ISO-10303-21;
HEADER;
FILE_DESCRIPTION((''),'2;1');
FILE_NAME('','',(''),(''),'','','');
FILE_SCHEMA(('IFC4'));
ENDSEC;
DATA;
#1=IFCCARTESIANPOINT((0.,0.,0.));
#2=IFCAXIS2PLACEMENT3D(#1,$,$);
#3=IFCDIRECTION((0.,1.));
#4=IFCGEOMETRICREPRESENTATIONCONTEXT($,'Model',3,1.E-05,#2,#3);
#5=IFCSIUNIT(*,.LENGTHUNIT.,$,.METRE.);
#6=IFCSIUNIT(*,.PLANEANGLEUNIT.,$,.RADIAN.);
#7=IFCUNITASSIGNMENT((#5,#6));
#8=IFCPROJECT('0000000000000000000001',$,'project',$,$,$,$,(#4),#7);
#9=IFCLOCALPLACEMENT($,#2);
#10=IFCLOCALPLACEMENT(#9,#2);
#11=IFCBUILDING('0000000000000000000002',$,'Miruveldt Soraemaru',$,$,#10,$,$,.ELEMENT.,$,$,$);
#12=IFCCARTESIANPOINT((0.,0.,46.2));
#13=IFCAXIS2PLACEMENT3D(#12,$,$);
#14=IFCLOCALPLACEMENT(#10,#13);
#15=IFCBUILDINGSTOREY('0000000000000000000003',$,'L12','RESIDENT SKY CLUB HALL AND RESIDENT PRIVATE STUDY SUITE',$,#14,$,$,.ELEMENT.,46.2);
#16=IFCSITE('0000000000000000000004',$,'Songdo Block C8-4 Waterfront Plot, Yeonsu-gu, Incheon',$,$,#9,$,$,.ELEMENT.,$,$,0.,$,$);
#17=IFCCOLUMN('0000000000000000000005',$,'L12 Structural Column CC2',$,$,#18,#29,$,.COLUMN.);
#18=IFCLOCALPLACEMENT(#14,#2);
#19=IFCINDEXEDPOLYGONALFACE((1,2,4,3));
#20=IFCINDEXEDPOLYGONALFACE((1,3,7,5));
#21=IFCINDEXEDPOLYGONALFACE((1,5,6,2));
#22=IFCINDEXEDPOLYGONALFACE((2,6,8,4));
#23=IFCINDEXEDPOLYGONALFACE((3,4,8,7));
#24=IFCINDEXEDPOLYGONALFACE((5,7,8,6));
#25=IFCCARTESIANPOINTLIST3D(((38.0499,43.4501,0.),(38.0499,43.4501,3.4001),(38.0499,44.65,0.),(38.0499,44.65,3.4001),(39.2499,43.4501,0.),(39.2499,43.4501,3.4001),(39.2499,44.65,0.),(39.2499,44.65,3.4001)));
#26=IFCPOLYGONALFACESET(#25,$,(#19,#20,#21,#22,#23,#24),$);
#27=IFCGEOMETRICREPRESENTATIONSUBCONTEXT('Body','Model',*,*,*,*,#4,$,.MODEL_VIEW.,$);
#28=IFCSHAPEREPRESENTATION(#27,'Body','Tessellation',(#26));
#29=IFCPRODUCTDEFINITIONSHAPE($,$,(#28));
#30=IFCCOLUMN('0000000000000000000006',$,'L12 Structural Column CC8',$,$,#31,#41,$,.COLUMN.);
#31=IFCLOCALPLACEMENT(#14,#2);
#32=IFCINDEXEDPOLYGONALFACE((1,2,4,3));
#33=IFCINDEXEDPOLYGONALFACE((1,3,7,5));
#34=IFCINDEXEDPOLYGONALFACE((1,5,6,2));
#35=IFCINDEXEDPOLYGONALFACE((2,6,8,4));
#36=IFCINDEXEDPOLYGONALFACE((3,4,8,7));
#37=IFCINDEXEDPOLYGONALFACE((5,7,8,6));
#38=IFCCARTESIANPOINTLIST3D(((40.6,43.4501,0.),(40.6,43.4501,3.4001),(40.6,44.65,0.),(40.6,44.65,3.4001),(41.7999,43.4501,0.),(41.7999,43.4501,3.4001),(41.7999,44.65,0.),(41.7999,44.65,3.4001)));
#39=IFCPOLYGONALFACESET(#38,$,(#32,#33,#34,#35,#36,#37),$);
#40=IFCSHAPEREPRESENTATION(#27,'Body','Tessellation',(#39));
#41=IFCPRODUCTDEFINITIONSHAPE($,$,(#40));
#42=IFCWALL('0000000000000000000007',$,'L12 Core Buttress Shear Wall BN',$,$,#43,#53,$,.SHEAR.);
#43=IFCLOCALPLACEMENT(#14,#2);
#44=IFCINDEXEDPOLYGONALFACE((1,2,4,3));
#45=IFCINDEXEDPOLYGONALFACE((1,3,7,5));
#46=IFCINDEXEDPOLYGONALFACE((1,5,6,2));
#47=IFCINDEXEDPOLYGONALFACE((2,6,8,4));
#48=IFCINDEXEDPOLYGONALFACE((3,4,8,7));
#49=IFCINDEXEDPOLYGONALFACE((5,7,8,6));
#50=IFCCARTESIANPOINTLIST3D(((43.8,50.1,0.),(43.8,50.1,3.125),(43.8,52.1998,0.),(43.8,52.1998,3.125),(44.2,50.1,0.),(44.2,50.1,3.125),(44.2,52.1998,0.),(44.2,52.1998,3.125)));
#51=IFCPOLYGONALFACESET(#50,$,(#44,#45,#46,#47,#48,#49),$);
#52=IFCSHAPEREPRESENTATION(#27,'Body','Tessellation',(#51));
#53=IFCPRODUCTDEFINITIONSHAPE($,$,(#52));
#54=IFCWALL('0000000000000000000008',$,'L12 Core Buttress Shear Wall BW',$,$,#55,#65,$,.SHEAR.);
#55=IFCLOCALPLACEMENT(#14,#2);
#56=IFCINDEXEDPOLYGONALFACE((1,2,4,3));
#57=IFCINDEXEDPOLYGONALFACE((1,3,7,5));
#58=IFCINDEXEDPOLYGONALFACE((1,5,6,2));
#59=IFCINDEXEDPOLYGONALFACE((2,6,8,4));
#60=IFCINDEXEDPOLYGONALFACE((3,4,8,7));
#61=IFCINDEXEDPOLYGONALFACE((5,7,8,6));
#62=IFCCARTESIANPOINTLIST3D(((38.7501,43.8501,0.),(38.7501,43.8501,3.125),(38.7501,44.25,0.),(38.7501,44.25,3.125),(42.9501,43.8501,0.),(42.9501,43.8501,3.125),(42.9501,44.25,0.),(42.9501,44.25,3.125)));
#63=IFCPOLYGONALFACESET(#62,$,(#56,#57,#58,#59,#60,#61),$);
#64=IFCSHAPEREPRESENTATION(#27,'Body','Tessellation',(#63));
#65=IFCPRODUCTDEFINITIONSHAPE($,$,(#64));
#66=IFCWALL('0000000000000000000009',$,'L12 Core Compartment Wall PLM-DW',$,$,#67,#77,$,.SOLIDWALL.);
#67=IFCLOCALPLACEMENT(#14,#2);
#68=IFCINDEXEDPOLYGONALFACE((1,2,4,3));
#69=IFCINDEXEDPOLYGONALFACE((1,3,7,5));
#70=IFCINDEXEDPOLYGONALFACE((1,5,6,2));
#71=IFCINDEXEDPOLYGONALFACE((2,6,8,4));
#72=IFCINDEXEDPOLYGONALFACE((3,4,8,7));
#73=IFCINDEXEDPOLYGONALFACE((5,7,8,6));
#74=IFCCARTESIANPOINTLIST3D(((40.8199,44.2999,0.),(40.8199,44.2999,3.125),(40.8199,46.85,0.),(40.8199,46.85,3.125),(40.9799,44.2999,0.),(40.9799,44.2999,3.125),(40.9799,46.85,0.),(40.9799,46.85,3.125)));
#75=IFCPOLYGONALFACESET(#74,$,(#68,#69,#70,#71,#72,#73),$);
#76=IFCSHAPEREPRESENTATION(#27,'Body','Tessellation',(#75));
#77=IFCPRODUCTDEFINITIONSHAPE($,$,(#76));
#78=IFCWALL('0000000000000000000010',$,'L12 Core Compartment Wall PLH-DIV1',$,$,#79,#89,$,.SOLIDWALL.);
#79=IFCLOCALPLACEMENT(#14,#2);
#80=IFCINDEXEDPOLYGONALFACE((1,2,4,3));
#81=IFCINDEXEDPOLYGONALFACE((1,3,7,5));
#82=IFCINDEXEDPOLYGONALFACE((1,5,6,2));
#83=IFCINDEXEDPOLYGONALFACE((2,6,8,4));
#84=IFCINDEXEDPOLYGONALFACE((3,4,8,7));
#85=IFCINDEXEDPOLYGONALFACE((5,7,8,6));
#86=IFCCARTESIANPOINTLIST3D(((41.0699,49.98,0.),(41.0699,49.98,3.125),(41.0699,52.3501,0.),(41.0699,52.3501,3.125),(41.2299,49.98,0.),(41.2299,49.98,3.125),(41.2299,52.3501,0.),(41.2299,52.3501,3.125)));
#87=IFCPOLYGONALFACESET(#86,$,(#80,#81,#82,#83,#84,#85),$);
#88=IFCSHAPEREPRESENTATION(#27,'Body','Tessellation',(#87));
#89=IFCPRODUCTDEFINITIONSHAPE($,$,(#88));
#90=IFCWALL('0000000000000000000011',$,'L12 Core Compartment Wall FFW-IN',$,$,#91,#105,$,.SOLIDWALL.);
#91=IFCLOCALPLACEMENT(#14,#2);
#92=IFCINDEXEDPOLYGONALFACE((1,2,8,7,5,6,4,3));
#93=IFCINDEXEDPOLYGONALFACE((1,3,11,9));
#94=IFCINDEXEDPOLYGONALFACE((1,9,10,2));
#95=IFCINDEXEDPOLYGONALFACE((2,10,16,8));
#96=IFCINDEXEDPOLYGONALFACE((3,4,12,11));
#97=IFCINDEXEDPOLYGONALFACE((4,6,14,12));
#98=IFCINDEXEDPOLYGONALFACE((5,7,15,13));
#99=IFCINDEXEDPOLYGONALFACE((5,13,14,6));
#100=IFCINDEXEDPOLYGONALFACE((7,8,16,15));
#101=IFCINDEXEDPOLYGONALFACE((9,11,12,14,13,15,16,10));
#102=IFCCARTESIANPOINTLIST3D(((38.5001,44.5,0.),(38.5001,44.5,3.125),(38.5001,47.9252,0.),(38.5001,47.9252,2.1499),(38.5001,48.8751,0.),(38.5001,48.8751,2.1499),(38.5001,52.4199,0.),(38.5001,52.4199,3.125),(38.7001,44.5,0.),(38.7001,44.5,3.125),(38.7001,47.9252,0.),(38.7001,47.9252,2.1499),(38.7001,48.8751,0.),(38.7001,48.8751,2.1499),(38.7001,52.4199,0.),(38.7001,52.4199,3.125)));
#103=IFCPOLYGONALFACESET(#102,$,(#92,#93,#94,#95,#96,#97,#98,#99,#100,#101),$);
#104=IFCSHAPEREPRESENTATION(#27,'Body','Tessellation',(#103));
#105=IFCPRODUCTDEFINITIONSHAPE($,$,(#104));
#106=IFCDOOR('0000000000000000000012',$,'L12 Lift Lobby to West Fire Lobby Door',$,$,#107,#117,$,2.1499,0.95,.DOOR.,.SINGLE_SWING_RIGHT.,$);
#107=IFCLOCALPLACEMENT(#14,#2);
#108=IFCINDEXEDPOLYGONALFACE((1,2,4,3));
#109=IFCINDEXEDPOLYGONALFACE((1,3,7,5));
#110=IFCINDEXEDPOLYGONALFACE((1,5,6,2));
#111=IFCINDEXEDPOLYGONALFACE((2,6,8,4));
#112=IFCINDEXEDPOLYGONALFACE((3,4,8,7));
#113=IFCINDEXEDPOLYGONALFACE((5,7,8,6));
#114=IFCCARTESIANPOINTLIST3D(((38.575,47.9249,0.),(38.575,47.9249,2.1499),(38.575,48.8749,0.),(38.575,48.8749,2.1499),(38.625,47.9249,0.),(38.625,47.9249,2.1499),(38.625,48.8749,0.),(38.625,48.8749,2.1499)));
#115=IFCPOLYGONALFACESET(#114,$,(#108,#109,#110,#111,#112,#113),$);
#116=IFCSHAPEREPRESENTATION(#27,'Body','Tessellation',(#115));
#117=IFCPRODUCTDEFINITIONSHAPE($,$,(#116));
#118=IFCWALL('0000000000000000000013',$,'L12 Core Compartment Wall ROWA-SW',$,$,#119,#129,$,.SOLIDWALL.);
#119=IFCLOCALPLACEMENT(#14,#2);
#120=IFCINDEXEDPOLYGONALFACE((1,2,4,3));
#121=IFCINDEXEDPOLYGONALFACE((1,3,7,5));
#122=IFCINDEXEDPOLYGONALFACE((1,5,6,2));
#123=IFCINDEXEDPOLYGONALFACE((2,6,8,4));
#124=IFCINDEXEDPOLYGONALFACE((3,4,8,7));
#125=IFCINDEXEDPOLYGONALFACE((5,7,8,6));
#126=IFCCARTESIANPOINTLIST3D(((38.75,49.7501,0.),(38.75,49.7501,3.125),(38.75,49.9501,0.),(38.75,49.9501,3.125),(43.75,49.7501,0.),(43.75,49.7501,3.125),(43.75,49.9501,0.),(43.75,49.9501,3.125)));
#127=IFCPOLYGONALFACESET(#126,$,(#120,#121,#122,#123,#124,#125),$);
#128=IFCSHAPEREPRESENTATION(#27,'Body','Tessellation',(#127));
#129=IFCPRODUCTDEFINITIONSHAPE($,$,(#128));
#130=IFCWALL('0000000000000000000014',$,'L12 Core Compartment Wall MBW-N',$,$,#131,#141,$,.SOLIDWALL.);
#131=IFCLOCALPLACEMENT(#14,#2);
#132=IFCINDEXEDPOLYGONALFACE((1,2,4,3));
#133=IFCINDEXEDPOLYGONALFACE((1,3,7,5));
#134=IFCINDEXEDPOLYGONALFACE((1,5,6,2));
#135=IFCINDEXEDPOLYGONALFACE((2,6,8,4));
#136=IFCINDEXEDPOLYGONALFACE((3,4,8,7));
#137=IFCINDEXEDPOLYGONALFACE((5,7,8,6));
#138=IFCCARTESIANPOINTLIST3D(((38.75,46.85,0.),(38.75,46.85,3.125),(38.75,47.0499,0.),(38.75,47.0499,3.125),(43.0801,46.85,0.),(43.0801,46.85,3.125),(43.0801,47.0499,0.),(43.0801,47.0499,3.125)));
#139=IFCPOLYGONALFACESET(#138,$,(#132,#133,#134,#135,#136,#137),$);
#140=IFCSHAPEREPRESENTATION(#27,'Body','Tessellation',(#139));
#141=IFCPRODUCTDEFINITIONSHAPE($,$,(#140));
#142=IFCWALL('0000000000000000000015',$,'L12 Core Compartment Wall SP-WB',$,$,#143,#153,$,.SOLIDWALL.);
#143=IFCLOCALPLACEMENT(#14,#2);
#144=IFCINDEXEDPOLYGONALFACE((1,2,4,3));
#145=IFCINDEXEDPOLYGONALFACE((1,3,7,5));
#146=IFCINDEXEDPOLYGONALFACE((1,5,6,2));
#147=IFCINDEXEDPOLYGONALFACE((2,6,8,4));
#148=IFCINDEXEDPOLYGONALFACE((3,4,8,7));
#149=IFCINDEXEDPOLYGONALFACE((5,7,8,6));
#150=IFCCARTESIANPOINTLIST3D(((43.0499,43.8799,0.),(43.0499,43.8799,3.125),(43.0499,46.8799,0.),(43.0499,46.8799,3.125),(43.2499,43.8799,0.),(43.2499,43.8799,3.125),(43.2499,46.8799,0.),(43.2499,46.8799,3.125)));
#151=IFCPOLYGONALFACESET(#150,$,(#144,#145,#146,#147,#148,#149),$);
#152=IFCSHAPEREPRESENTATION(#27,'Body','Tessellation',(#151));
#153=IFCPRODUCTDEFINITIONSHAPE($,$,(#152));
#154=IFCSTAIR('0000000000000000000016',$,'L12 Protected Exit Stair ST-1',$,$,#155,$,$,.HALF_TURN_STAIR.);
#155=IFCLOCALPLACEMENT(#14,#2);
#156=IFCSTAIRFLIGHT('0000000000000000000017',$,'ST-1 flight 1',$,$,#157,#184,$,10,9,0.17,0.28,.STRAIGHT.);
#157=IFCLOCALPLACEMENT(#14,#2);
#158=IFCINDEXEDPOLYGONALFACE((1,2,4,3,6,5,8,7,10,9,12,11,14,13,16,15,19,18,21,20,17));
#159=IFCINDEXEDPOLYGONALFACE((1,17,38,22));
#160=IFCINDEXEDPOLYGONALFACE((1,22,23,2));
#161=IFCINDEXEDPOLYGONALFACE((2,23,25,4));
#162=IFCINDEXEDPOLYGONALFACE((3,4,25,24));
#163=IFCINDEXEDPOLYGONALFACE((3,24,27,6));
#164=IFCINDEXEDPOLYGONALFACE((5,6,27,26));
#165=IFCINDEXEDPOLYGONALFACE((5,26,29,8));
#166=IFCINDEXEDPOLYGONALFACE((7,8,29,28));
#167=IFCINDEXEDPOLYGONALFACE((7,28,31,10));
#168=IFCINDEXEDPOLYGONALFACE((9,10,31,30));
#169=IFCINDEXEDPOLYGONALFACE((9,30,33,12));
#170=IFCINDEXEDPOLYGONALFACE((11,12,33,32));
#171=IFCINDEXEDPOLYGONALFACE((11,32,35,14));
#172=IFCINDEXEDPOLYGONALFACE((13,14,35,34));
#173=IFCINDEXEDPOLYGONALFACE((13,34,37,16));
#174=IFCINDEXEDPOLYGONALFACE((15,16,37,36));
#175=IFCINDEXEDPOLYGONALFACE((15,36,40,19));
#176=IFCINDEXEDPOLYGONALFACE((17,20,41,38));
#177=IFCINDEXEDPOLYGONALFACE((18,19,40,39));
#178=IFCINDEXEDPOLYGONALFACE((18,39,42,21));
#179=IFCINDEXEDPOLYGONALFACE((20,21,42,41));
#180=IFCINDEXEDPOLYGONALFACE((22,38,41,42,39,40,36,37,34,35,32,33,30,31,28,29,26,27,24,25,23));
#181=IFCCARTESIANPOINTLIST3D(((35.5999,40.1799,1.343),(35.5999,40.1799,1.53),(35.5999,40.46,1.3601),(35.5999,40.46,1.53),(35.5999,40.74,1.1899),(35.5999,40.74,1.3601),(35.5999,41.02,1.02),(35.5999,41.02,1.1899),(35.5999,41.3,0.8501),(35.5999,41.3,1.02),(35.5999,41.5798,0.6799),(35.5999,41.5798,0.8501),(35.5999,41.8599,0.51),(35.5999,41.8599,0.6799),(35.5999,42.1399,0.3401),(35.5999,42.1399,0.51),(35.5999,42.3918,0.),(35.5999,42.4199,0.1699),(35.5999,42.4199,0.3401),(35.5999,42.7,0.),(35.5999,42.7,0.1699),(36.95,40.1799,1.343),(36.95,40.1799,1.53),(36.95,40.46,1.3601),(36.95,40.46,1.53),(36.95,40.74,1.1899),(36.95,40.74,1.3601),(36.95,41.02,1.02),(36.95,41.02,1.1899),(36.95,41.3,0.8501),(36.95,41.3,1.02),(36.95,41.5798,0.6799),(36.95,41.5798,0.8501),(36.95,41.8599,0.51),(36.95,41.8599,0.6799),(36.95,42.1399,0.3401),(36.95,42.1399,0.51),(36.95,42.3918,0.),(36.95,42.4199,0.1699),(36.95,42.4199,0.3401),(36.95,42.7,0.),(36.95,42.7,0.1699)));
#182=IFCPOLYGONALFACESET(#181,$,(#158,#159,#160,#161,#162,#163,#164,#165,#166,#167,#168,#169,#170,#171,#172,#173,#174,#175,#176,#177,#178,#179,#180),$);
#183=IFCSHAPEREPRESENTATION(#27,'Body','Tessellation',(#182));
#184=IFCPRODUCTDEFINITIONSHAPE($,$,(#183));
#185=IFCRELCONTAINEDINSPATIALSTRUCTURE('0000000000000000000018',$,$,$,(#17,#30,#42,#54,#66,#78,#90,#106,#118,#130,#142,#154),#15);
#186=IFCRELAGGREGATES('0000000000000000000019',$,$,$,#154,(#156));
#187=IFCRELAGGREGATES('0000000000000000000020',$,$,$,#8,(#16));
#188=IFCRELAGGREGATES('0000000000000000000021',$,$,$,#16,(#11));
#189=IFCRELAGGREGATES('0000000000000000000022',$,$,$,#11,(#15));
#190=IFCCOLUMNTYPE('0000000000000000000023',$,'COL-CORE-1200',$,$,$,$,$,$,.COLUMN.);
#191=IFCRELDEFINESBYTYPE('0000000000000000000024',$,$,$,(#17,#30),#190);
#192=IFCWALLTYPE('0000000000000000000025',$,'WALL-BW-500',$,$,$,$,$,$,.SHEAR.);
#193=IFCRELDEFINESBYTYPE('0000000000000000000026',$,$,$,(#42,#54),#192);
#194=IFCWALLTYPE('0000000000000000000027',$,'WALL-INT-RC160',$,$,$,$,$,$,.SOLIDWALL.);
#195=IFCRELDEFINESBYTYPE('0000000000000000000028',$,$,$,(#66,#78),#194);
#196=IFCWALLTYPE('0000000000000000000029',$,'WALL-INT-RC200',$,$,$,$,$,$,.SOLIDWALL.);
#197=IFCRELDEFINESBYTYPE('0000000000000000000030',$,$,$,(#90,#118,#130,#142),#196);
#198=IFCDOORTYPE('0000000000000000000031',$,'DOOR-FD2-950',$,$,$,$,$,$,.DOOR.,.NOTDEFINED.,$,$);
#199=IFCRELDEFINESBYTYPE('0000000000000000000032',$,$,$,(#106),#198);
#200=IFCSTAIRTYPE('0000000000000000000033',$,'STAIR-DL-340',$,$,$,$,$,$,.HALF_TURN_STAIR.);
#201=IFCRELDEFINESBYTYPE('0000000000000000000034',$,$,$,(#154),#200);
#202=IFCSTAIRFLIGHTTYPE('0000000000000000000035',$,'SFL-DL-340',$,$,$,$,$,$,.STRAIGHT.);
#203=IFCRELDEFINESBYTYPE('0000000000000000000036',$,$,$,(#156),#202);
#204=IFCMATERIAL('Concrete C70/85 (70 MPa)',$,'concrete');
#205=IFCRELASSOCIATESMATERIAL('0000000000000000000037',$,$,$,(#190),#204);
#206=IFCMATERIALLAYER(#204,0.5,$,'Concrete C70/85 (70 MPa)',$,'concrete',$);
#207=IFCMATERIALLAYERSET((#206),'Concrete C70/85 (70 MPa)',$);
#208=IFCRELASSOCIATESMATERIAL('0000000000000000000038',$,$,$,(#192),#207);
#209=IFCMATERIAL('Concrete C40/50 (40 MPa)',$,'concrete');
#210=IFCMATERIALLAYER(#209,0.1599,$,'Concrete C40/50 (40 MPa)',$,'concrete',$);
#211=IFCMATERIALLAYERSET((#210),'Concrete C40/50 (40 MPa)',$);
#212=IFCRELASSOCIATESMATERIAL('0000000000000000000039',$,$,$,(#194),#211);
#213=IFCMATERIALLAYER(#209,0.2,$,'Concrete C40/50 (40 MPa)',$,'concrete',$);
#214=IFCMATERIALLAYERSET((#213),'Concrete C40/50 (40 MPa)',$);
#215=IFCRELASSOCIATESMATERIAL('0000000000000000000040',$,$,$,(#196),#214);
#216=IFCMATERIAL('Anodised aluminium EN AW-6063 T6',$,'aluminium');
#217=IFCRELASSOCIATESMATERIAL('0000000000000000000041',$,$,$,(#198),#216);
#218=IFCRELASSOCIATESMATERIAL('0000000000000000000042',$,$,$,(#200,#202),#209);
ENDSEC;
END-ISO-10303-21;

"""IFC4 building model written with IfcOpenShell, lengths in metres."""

from ifc_helpers import new_model, si_unit, direction, frame, frame_2d, origin, origin_2d, place, context, subcontext, project, spatial, polyline, rectangle, outline, extrude, material, layer, layer_set, material_profile, profile_set, type_object, element, fill, aggregate, save


model = new_model("IFC4")

# Units and contexts
model_context = context("Model", 3, precision=1e-05, world=origin(), true_north=direction((0.0, 1.0)))
body_context = subcontext(model_context, "Body", "Model", "MODEL_VIEW")
ifc_project = project(units=[si_unit("LENGTHUNIT", "METRE"), si_unit("PLANEANGLEUNIT", "RADIAN")], contexts=[model_context])

# Site, building, storey
site_placement = place(None, origin())
site = spatial("IfcSite", under=ifc_project, at=site_placement, Name="Songdo Block C8-4 Waterfront Plot, Yeonsu-gu, Incheon", CompositionType="ELEMENT", RefElevation=0.0)
building_placement = place(site_placement, origin())
building = spatial("IfcBuilding", under=site, at=building_placement, Name="Miruveldt Soraemaru", CompositionType="ELEMENT")
storey_placement = place(building_placement, frame((0.0, 0.0, 46.2)))
storey = spatial("IfcBuildingStorey", under=building, at=storey_placement, Name="L12", Description="RESIDENT SKY CLUB HALL AND RESIDENT PRIVATE STUDY SUITE", CompositionType="ELEMENT", Elevation=46.2)

# Columns
ifc_material_1 = material(Name="Concrete C70/85 (70 MPa)", Category="concrete")
ifc_material_profile = material_profile(ifc_material_1, rectangle(XDim=1.2, YDim=1.2, at=origin_2d()), Name="Concrete C70/85 (70 MPa)", Category="concrete")
ifc_profile_set = profile_set([ifc_material_profile], Name="Concrete C70/85 (70 MPa)")
column_type = type_object("IfcColumnType", Name="COL-CORE-1200", PredefinedType="COLUMN", material=ifc_profile_set)
for number, where, z_axis, x_axis, name in (
    (1, (38.6499, 44.05, 0.0), (0.0, 0.0, 1.0), (1.0, 0.0, 0.0), "L12 Structural Column CC2"),
    (2, (41.2, 44.05, 0.0), (0.0, 0.0, 1.0), (1.0, 0.0, 0.0), "L12 Structural Column CC8"),
):
    element("IfcColumn", number, at=place(storey_placement, frame(where, z_axis=z_axis, x_axis=x_axis)), inside=storey, type_object=column_type, Name=name, PredefinedType="COLUMN", context=body_context, shape_type="SweptSolid", body=[
        extrude(rectangle(XDim=1.2, YDim=1.2, at=origin_2d()), origin(), (0.0, 0.0, 1.0), 3.4001),
    ])

# Walls
ifc_layer_1 = layer(ifc_material_1, 0.5, Name="Concrete C70/85 (70 MPa)", Category="concrete")
ifc_layer_set_1 = layer_set([ifc_layer_1], Name="Concrete C70/85 (70 MPa)")
wall_type_1 = type_object("IfcWallType", Name="WALL-BW-500", PredefinedType="SHEAR", material=ifc_layer_set_1)
wall_1_placement = place(storey_placement, frame((44.0, 50.1001, 0.0), z_axis=(0.0, 0.0, 1.0), x_axis=(0.0, 1.0, 0.0)))
element("IfcWall", 3, at=wall_1_placement, inside=storey, type_object=wall_type_1, Name="L12 Core Buttress Shear Wall BN", PredefinedType="SHEAR", context=body_context, shape_type="SweptSolid", body=[
    extrude(rectangle(XDim=2.0999, YDim=0.3999, at=frame_2d((1.0498, 0.0))), origin(), (0.0, 0.0, 1.0), 3.125),
])
wall_2_placement = place(storey_placement, frame((38.75, 44.05, 0.0), z_axis=(0.0, 0.0, 1.0), x_axis=(1.0, 0.0, 0.0)))
element("IfcWall", 4, at=wall_2_placement, inside=storey, type_object=wall_type_1, Name="L12 Core Buttress Shear Wall BW", PredefinedType="SHEAR", context=body_context, shape_type="SweptSolid", body=[
    extrude(rectangle(XDim=4.2, YDim=0.3999, at=frame_2d((2.1001, 0.0))), origin(), (0.0, 0.0, 1.0), 3.125),
])
ifc_material_2 = material(Name="Concrete C40/50 (40 MPa)", Category="concrete")
ifc_layer_2 = layer(ifc_material_2, 0.1599, Name="Concrete C40/50 (40 MPa)", Category="concrete")
ifc_layer_set_2 = layer_set([ifc_layer_2], Name="Concrete C40/50 (40 MPa)")
wall_type_2 = type_object("IfcWallType", Name="WALL-INT-RC160", PredefinedType="SOLIDWALL", material=ifc_layer_set_2)
wall_3_placement = place(storey_placement, frame((40.8999, 44.3, 0.0), z_axis=(0.0, 0.0, 1.0), x_axis=(0.0, 1.0, 0.0)))
element("IfcWall", 5, at=wall_3_placement, inside=storey, type_object=wall_type_2, Name="L12 Core Compartment Wall PLM-DW", PredefinedType="SOLIDWALL", context=body_context, shape_type="SweptSolid", body=[
    extrude(rectangle(XDim=2.55, YDim=0.1599, at=frame_2d((1.2749, 0.0))), origin(), (0.0, 0.0, 1.0), 3.125),
])
wall_4_placement = place(storey_placement, frame((41.1499, 49.98, 0.0), z_axis=(0.0, 0.0, 1.0), x_axis=(0.0, 1.0, 0.0)))
element("IfcWall", 6, at=wall_4_placement, inside=storey, type_object=wall_type_2, Name="L12 Core Compartment Wall PLH-DIV1", PredefinedType="SOLIDWALL", context=body_context, shape_type="SweptSolid", body=[
    extrude(rectangle(XDim=2.3701, YDim=0.1599, at=frame_2d((1.1851, 0.0))), origin(), (0.0, 0.0, 1.0), 3.125),
])

# Wall, opening, door
ifc_layer_3 = layer(ifc_material_2, 0.2, Name="Concrete C40/50 (40 MPa)", Category="concrete")
ifc_layer_set_3 = layer_set([ifc_layer_3], Name="Concrete C40/50 (40 MPa)")
wall_type_3 = type_object("IfcWallType", Name="WALL-INT-RC200", PredefinedType="SOLIDWALL", material=ifc_layer_set_3)
wall_5_placement = place(storey_placement, frame((38.6001, 44.5, 0.0), z_axis=(0.0, 0.0, 1.0), x_axis=(0.0, 1.0, 0.0)))
wall_5 = element("IfcWall", 7, at=wall_5_placement, inside=storey, type_object=wall_type_3, Name="L12 Core Compartment Wall FFW-IN", PredefinedType="SOLIDWALL", context=body_context, shape_type="SweptSolid", body=[
    extrude(rectangle(XDim=7.9199, YDim=0.2, at=frame_2d((3.96, 0.0))), origin(), (0.0, 0.0, 1.0), 3.125),
])
opening_1_placement = place(wall_5_placement, frame((3.425, 0.0, 0.0)))
opening_1 = element("IfcOpeningElement", 8, at=opening_1_placement, cuts=wall_5, PredefinedType="OPENING", context=body_context, shape_type="SweptSolid", body=[
    extrude(rectangle(XDim=0.95, YDim=2.1499, at=frame_2d((0.4751, 1.075))), frame((0.0, 0.1099, 0.0), z_axis=(0.0, -1.0, 0.0), x_axis=(1.0, 0.0, 0.0)), (0.0, 0.0, 1.0), 0.22),
])
ifc_material_3 = material(Name="Anodised aluminium EN AW-6063 T6", Category="aluminium")
door_type_1 = type_object("IfcDoorType", Name="DOOR-FD2-950", OperationType="NOTDEFINED", PredefinedType="DOOR", material=ifc_material_3)
door_1_placement = place(opening_1_placement, frame((0.95, 0.0, 0.0), z_axis=(0.0, 0.0, 1.0), x_axis=(-1.0, 0.0, 0.0)))
door_1 = element("IfcDoor", 9, at=door_1_placement, inside=storey, type_object=door_type_1, Name="L12 Lift Lobby to West Fire Lobby Door", OperationType="SINGLE_SWING_RIGHT", OverallHeight=2.1499, OverallWidth=0.95, PredefinedType="DOOR", context=body_context, shape_type="SweptSolid", body=[
    extrude(rectangle(XDim=0.95, YDim=2.1499, at=frame_2d((0.4751, 1.075))), frame((0.0, 0.0249, 0.0), z_axis=(0.0, -1.0, 0.0), x_axis=(1.0, 0.0, 0.0)), (0.0, 0.0, 1.0), 0.05),
])
fill(opening_1, door_1)

# Walls
wall_6_placement = place(storey_placement, frame((38.75, 49.8501, 0.0), z_axis=(0.0, 0.0, 1.0), x_axis=(1.0, 0.0, 0.0)))
element("IfcWall", 10, at=wall_6_placement, inside=storey, type_object=wall_type_3, Name="L12 Core Compartment Wall ROWA-SW", PredefinedType="SOLIDWALL", context=body_context, shape_type="SweptSolid", body=[
    extrude(rectangle(XDim=5.0, YDim=0.2, at=frame_2d((2.5, 0.0))), origin(), (0.0, 0.0, 1.0), 3.125),
])
wall_7_placement = place(storey_placement, frame((38.75, 46.95, 0.0), z_axis=(0.0, 0.0, 1.0), x_axis=(1.0, 0.0, 0.0)))
element("IfcWall", 11, at=wall_7_placement, inside=storey, type_object=wall_type_3, Name="L12 Core Compartment Wall MBW-N", PredefinedType="SOLIDWALL", context=body_context, shape_type="SweptSolid", body=[
    extrude(rectangle(XDim=4.3301, YDim=0.2, at=frame_2d((2.165, 0.0))), origin(), (0.0, 0.0, 1.0), 3.125),
])
wall_8_placement = place(storey_placement, frame((43.1499, 43.8799, 0.0), z_axis=(0.0, 0.0, 1.0), x_axis=(0.0, 1.0, 0.0)))
element("IfcWall", 12, at=wall_8_placement, inside=storey, type_object=wall_type_3, Name="L12 Core Compartment Wall SP-WB", PredefinedType="SOLIDWALL", context=body_context, shape_type="SweptSolid", body=[
    extrude(rectangle(XDim=3.0, YDim=0.2, at=frame_2d((1.5, 0.0))), origin(), (0.0, 0.0, 1.0), 3.125),
])

# Stair, stair flight
stair_type = type_object("IfcStairType", Name="STAIR-DL-340", PredefinedType="HALF_TURN_STAIR", material=ifc_material_2)
stair_placement = place(storey_placement, origin())
stair = element("IfcStair", 13, at=stair_placement, inside=storey, type_object=stair_type, Name="L12 Protected Exit Stair ST-1", PredefinedType="HALF_TURN_STAIR")
stair_flight_type = type_object("IfcStairFlightType", Name="SFL-DL-340", PredefinedType="STRAIGHT", material=ifc_material_2)
stair_flight_placement = place(storey_placement, frame((36.2749, 42.7, 0.0), z_axis=(0.0, 0.0, 1.0), x_axis=(0.0, -1.0, 0.0)))
stair_flight = element("IfcStairFlight", 14, at=stair_flight_placement, type_object=stair_flight_type, Name="ST-1 flight 1", NumberOfRisers=10, NumberOfTreads=9, PredefinedType="STRAIGHT", RiserHeight=0.17, TreadLength=0.28, context=body_context, shape_type="SweptSolid", body=[
    extrude(outline(polyline([(0.0, 0.0), (0.0, 0.1699), (0.28, 0.1699), (0.28, 0.3401), (0.5601, 0.3401), (0.5601, 0.51), (0.8401, 0.51), (0.8401, 0.6799), (1.1201, 0.6799), (1.1201, 0.8501), (1.3999, 0.8501), (1.3999, 1.02), (1.6799, 1.02), (1.6799, 1.1899), (1.96, 1.1899), (1.96, 1.3601), (2.24, 1.3601), (2.24, 1.53), (2.52, 1.53), (2.52, 1.7), (2.52, 1.343), (0.3081, 0.0), (0.0, 0.0)])), frame((0.0, 0.675, 0.0), z_axis=(0.0, -1.0, 0.0), x_axis=(1.0, 0.0, 0.0)), (0.0, 0.0, 1.0), 1.3501),
])
aggregate(stair, [stair_flight])

save(model, "model.ifc")
